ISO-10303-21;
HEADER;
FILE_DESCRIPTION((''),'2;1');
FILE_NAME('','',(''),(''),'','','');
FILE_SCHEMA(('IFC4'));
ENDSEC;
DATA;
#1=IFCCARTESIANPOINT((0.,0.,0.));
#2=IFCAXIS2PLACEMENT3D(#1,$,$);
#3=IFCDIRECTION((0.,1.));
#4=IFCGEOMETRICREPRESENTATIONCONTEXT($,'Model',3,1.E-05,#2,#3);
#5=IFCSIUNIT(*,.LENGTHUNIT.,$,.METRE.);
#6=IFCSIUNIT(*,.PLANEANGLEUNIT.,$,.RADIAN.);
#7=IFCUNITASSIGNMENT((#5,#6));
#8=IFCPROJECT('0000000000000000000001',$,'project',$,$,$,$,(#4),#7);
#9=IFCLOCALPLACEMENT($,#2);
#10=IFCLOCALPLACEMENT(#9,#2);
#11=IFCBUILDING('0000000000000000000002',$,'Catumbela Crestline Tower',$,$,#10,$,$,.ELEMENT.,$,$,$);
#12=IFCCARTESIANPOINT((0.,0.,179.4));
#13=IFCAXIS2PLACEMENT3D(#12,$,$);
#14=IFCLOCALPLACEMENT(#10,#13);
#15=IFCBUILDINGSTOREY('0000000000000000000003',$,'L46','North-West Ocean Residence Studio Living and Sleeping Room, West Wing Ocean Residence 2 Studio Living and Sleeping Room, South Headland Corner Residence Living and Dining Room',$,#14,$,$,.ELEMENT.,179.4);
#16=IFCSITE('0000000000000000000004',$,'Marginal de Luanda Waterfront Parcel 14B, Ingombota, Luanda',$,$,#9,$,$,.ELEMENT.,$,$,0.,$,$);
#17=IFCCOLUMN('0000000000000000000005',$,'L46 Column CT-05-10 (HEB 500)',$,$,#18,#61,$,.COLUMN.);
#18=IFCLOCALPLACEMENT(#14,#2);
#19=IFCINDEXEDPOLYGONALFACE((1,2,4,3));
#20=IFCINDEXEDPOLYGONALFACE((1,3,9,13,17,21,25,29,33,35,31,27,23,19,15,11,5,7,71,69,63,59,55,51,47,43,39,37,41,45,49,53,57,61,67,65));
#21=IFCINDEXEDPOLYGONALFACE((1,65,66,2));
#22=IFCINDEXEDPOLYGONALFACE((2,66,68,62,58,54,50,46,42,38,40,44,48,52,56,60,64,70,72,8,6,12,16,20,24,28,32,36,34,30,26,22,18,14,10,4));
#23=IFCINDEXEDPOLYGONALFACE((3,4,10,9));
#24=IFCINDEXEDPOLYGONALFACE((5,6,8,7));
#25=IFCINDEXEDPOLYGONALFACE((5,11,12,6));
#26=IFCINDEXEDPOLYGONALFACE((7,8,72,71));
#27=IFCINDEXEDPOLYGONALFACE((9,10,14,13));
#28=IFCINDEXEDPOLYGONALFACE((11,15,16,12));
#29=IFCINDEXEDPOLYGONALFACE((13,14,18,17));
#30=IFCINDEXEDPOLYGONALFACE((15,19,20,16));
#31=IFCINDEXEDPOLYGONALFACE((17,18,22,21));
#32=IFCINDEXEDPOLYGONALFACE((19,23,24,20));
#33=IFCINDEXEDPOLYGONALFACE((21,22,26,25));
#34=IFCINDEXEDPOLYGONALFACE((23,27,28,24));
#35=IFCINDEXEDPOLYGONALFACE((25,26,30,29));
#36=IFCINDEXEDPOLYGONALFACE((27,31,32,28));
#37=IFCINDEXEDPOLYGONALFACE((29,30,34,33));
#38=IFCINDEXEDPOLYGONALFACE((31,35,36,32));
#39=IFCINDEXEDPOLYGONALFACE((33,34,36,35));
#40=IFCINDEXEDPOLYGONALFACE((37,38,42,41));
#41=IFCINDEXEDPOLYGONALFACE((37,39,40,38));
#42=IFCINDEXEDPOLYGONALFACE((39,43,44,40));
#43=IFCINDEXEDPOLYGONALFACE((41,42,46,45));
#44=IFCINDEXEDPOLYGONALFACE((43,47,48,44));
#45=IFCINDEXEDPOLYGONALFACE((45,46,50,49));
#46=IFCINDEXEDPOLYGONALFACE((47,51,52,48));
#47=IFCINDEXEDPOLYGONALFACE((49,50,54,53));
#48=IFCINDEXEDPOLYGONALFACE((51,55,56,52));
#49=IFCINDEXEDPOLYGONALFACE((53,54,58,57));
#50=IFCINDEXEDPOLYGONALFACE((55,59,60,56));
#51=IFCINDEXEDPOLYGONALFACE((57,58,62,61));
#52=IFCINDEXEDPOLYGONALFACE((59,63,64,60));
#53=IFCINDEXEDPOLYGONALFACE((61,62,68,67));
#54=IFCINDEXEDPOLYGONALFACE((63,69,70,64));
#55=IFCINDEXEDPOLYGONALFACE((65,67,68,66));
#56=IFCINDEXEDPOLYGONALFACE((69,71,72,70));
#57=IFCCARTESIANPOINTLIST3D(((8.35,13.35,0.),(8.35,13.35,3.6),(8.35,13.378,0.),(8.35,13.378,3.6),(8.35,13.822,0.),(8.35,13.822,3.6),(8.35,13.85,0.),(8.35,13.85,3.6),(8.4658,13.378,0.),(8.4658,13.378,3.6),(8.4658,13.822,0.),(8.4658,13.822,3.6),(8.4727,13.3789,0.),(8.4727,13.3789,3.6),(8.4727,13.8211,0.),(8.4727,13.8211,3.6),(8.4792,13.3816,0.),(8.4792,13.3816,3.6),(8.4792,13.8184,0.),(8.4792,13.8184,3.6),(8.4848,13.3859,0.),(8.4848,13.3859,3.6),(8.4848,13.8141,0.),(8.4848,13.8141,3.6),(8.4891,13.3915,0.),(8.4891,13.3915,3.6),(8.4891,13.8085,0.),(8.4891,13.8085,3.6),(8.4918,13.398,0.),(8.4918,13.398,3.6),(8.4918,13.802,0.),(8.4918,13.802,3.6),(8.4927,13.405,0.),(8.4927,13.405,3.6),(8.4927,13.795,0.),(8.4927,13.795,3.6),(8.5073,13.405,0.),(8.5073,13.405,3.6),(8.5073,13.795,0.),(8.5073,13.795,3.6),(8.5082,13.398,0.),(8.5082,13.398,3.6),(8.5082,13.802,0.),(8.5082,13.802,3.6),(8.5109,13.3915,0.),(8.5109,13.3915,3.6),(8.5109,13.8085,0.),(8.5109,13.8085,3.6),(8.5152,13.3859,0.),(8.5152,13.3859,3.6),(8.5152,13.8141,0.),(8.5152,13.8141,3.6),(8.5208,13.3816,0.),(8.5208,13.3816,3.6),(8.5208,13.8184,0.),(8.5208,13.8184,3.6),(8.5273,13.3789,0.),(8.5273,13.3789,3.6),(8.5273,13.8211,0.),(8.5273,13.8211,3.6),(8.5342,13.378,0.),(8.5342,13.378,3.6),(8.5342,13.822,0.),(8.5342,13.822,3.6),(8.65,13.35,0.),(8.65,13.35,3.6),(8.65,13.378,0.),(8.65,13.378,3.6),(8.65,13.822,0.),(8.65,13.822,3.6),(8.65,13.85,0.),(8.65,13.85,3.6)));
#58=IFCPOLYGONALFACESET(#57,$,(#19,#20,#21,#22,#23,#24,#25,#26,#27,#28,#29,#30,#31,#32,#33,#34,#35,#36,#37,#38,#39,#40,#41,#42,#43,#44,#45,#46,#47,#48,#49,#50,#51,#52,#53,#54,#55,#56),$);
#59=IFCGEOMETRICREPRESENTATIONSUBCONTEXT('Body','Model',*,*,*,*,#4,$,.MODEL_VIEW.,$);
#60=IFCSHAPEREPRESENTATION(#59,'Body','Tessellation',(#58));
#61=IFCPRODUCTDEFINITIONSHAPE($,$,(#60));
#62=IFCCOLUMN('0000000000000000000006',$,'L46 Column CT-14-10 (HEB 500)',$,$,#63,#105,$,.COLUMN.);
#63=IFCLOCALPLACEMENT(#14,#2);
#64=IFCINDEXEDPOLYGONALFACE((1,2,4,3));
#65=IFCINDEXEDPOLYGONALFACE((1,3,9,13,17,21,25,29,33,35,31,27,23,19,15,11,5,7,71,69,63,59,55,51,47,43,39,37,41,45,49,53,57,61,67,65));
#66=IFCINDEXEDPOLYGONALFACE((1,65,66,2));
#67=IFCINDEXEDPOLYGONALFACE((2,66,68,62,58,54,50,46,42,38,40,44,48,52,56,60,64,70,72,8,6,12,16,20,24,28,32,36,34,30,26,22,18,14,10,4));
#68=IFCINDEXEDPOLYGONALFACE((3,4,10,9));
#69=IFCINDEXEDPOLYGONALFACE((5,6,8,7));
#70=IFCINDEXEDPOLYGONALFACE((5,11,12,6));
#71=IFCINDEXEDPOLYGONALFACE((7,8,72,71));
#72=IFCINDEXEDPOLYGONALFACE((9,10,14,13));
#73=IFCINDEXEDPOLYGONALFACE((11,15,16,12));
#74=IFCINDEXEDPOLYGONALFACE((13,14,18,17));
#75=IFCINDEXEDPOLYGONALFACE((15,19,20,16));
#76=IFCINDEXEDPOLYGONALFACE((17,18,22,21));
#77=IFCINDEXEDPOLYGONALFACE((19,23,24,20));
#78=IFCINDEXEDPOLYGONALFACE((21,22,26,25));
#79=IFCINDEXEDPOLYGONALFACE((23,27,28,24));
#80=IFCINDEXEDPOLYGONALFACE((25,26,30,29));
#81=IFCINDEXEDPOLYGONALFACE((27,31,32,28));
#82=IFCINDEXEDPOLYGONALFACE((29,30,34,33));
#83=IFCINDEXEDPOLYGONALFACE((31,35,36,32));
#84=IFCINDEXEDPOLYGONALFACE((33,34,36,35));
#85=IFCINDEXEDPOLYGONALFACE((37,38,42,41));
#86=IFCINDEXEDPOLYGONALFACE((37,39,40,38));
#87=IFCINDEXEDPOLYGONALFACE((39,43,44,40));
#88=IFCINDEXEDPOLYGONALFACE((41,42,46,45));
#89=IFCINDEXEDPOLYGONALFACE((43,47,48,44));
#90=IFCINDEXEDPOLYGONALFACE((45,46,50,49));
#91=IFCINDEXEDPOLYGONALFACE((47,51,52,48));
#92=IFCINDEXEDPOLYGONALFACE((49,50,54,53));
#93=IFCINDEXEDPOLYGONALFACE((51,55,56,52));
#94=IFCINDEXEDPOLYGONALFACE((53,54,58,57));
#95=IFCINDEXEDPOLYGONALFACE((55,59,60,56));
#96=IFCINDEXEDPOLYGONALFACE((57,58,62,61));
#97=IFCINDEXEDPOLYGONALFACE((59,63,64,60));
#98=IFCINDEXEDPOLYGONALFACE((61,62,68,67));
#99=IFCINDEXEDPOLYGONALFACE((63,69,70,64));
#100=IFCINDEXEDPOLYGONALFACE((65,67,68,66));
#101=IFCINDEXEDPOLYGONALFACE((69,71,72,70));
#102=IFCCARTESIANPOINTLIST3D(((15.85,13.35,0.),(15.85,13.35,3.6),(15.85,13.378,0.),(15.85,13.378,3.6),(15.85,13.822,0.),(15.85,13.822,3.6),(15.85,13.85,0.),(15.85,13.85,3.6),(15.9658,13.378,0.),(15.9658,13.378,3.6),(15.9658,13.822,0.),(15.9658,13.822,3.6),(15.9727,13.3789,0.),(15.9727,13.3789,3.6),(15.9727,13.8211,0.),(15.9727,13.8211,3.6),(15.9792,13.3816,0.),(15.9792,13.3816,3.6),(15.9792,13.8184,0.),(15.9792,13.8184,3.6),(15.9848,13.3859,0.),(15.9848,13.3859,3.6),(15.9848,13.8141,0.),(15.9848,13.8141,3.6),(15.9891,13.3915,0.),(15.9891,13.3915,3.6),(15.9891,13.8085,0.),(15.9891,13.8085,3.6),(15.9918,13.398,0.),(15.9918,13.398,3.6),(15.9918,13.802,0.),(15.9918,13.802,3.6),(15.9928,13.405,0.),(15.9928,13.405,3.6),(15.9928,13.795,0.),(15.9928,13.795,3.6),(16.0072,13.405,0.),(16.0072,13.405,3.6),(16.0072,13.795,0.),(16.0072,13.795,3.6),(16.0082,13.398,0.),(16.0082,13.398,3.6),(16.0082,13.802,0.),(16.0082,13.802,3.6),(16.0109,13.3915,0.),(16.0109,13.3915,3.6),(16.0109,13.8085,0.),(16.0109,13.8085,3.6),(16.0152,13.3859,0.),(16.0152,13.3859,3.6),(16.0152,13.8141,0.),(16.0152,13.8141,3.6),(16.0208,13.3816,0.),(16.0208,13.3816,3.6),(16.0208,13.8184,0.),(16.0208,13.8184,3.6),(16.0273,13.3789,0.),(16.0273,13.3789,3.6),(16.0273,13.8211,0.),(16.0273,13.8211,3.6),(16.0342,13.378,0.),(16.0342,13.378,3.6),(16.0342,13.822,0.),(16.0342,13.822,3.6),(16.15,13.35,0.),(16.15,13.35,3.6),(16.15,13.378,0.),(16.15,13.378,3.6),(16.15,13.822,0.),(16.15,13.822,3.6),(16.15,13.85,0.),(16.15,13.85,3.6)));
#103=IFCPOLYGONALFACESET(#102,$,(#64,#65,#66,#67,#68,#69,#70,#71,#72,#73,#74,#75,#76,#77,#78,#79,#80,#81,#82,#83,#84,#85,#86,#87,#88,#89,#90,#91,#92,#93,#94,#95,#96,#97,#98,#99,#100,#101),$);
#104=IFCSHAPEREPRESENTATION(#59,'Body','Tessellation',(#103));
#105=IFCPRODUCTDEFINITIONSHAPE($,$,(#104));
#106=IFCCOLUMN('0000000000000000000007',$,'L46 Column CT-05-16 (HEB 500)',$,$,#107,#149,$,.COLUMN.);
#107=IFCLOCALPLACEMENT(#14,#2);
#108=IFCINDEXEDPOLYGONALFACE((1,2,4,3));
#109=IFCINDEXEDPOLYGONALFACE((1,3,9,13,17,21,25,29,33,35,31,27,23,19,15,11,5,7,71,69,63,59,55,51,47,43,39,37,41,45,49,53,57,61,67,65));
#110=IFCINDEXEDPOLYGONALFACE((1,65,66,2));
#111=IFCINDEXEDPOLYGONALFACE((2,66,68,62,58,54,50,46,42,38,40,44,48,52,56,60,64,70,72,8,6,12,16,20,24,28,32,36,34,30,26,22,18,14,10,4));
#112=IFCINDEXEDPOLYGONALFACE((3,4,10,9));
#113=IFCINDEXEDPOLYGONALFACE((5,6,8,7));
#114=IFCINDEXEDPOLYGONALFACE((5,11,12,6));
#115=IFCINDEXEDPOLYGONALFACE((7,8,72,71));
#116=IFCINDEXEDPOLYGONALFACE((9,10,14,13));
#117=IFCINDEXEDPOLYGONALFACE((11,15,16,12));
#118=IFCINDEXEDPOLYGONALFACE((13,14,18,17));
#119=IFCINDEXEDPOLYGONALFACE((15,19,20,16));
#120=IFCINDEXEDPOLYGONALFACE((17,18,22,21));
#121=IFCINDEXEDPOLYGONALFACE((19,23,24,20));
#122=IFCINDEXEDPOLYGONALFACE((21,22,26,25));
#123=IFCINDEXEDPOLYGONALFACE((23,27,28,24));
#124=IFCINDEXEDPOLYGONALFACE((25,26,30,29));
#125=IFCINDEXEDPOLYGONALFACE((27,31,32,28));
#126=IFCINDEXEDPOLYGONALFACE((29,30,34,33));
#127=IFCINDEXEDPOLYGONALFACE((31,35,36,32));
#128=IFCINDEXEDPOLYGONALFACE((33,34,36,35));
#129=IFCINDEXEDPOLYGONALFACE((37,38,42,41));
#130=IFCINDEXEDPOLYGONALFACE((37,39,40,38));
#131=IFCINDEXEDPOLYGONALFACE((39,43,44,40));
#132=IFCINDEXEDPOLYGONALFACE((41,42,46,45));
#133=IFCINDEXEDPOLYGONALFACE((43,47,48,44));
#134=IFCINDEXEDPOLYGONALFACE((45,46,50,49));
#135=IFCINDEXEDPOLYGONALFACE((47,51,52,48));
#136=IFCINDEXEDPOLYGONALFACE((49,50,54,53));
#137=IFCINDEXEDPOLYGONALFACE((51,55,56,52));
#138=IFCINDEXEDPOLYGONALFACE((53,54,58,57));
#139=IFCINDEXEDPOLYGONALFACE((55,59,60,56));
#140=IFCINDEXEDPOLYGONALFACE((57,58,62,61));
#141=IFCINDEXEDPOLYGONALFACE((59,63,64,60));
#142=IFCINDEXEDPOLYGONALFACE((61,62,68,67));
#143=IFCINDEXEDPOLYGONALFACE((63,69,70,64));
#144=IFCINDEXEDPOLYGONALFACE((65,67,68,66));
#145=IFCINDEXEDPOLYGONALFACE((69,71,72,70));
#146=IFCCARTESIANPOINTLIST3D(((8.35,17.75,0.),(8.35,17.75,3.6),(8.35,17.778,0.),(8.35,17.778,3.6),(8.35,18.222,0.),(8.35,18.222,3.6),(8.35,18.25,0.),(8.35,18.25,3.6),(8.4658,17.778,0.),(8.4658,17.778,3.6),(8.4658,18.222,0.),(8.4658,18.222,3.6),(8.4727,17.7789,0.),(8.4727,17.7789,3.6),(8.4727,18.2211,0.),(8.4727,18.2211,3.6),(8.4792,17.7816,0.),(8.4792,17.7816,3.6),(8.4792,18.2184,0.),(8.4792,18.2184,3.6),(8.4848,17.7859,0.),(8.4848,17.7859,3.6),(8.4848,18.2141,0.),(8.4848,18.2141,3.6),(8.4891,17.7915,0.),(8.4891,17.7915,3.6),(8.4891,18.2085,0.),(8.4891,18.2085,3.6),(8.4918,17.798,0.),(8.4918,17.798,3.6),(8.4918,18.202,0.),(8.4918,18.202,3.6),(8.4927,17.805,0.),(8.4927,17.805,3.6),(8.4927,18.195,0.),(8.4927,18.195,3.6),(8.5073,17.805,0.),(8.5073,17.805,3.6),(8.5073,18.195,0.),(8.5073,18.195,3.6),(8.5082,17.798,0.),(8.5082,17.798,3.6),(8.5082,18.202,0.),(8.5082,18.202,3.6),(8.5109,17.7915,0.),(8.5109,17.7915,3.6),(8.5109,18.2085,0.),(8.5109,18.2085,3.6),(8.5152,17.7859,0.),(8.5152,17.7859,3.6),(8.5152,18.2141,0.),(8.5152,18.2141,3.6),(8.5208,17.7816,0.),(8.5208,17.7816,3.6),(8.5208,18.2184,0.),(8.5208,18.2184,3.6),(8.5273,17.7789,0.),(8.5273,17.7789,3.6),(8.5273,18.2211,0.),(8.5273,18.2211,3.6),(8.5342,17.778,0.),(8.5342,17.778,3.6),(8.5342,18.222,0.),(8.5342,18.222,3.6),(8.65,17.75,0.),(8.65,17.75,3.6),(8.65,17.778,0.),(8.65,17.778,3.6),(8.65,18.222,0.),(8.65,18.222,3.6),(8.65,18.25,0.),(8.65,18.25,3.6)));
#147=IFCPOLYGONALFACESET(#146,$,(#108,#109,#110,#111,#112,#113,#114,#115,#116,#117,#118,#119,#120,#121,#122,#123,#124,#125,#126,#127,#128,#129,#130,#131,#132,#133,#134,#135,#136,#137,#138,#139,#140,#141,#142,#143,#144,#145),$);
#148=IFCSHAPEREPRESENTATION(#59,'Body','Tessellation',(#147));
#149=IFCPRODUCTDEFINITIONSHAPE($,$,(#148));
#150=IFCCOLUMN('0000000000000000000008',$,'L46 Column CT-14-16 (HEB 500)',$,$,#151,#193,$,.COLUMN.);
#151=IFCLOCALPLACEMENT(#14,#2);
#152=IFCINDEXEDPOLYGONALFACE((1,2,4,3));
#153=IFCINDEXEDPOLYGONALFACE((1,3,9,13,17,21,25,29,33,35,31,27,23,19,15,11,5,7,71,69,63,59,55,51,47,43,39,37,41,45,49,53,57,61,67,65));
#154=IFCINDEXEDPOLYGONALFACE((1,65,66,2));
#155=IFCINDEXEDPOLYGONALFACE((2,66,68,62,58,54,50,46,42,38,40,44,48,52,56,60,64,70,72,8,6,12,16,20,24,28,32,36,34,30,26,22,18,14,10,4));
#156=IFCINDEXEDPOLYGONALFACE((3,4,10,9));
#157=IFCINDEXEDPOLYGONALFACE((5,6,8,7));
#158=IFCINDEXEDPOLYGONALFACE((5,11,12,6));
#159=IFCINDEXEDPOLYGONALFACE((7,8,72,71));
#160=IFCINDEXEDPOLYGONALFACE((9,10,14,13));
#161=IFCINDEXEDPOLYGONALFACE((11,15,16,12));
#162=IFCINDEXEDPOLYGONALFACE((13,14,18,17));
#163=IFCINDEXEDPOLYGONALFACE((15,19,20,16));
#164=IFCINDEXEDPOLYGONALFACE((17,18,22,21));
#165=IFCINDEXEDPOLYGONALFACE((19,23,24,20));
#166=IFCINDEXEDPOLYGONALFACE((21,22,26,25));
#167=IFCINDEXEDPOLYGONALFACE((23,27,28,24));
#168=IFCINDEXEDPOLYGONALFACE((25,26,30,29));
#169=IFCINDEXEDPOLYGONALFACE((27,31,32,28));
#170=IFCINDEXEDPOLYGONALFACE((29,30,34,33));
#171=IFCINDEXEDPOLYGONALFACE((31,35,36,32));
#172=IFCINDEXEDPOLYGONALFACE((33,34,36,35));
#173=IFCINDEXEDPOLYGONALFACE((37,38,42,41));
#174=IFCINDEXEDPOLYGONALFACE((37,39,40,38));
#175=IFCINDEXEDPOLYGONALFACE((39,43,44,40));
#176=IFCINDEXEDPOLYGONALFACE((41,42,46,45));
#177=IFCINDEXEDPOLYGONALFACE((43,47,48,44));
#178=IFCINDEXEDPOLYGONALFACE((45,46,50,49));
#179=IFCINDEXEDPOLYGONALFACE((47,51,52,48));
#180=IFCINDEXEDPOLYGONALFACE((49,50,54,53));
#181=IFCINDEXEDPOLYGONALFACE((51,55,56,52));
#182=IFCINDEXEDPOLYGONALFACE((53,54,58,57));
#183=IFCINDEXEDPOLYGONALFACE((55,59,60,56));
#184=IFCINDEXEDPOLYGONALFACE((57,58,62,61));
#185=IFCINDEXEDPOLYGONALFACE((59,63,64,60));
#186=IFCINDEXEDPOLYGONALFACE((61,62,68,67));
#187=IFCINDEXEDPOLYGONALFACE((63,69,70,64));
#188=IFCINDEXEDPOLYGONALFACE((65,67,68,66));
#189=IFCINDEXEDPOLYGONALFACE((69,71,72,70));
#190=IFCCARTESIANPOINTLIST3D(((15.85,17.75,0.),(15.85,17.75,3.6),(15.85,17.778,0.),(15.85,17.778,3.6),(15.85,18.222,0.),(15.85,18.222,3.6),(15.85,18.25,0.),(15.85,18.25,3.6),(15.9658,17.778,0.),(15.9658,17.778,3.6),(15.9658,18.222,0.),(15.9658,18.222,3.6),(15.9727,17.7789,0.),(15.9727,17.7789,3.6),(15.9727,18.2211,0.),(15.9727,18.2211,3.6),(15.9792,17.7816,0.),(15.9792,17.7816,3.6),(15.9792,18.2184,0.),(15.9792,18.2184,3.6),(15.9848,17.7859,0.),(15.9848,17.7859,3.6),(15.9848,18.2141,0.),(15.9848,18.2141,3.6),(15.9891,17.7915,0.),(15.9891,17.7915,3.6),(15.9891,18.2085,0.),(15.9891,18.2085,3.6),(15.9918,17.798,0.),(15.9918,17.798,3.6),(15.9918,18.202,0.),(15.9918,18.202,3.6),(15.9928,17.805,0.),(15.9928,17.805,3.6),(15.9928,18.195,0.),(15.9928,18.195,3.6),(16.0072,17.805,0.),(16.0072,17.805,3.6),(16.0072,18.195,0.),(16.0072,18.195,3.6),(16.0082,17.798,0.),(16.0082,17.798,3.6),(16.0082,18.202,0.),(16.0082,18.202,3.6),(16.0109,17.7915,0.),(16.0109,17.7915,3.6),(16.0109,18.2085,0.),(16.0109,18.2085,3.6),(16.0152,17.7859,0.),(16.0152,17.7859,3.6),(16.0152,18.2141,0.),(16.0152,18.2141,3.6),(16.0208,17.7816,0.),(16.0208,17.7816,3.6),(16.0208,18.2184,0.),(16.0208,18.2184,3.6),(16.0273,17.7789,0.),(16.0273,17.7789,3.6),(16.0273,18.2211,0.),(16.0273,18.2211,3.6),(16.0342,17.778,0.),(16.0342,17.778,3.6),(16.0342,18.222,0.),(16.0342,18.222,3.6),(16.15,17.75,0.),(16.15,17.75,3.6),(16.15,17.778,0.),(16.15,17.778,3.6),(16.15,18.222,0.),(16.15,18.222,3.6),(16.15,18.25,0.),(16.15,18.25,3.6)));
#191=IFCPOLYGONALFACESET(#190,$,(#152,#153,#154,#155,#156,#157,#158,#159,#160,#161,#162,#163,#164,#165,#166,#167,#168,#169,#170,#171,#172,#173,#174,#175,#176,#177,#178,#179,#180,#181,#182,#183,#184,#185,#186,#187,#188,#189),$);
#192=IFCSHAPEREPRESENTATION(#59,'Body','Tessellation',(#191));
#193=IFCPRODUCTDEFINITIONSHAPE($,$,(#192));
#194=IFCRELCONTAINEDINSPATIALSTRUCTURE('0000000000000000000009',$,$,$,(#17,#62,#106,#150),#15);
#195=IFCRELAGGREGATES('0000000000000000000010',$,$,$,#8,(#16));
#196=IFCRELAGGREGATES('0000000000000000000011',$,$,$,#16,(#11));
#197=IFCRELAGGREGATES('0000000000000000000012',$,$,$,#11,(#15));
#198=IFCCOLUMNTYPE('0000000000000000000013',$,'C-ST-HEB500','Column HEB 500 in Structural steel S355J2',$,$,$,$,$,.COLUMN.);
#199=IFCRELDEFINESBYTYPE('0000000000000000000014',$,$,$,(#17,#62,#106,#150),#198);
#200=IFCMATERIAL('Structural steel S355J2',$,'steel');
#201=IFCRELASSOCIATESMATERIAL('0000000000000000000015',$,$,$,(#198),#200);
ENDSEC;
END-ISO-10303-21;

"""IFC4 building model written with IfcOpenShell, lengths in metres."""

from ifc_helpers import new_model, si_unit, direction, frame, origin, origin_2d, place, context, subcontext, project, spatial, i_section, extrude, material, material_profile, profile_set, type_object, element, save


model = new_model("IFC4")

# Units and contexts
model_context = context("Model", 3, precision=1e-05, world=origin(), true_north=direction((0.0, 1.0)))
body_context = subcontext(model_context, "Body", "Model", "MODEL_VIEW")
ifc_project = project(units=[si_unit("LENGTHUNIT", "METRE"), si_unit("PLANEANGLEUNIT", "RADIAN")], contexts=[model_context])

# Site, building, storey
site_placement = place(None, origin())
site = spatial("IfcSite", under=ifc_project, at=site_placement, Name="Marginal de Luanda Waterfront Parcel 14B, Ingombota, Luanda", CompositionType="ELEMENT", RefElevation=0.0)
building_placement = place(site_placement, origin())
building = spatial("IfcBuilding", under=site, at=building_placement, Name="Catumbela Crestline Tower", CompositionType="ELEMENT")
storey_placement = place(building_placement, frame((0.0, 0.0, 179.4)))
storey = spatial("IfcBuildingStorey", under=building, at=storey_placement, Name="L46", Description="North-West Ocean Residence Studio Living and Sleeping Room, West Wing Ocean Residence 2 Studio Living and Sleeping Room, South Headland Corner Residence Living and Dining Room", CompositionType="ELEMENT", Elevation=179.4)

# Columns
ifc_material_1 = material(Name="Structural steel S355J2", Category="steel")
ifc_material_profile_1 = material_profile(ifc_material_1, i_section(OverallWidth=0.3, OverallDepth=0.5, WebThickness=0.0145, FlangeThickness=0.028, FilletRadius=0.027, at=origin_2d()), Name="HEB 500")
ifc_profile_set_1 = profile_set([ifc_material_profile_1], Name="Structural steel S355J2")
column_type = type_object("IfcColumnType", Name="C-ST-HEB500", Description="Column HEB 500 in Structural steel S355J2", PredefinedType="COLUMN", material=ifc_profile_set_1)
for number, where, z_axis, x_axis, name in (
    (1, (8.5, 13.6, 0.0), (0.0, 0.0, 1.0), (1.0, 0.0, 0.0), "L46 Column CT-05-10 (HEB 500)"),
    (2, (16.0, 13.6, 0.0), (0.0, 0.0, 1.0), (1.0, 0.0, 0.0), "L46 Column CT-14-10 (HEB 500)"),
    (3, (8.5, 18.0, 0.0), (0.0, 0.0, 1.0), (1.0, 0.0, 0.0), "L46 Column CT-05-16 (HEB 500)"),
    (4, (16.0, 18.0, 0.0), (0.0, 0.0, 1.0), (1.0, 0.0, 0.0), "L46 Column CT-14-16 (HEB 500)"),
):
    element("IfcColumn", number, at=place(storey_placement, frame(where, z_axis=z_axis, x_axis=x_axis)), inside=storey, type_object=column_type, Name=name, PredefinedType="COLUMN", context=body_context, shape_type="SweptSolid", body=[
        extrude(i_section(OverallWidth=0.3, OverallDepth=0.5, WebThickness=0.0145, FlangeThickness=0.028, FilletRadius=0.027, at=origin_2d()), origin(), (0.0, 0.0, 1.0), 3.6),
    ])

save(model, "model.ifc")
